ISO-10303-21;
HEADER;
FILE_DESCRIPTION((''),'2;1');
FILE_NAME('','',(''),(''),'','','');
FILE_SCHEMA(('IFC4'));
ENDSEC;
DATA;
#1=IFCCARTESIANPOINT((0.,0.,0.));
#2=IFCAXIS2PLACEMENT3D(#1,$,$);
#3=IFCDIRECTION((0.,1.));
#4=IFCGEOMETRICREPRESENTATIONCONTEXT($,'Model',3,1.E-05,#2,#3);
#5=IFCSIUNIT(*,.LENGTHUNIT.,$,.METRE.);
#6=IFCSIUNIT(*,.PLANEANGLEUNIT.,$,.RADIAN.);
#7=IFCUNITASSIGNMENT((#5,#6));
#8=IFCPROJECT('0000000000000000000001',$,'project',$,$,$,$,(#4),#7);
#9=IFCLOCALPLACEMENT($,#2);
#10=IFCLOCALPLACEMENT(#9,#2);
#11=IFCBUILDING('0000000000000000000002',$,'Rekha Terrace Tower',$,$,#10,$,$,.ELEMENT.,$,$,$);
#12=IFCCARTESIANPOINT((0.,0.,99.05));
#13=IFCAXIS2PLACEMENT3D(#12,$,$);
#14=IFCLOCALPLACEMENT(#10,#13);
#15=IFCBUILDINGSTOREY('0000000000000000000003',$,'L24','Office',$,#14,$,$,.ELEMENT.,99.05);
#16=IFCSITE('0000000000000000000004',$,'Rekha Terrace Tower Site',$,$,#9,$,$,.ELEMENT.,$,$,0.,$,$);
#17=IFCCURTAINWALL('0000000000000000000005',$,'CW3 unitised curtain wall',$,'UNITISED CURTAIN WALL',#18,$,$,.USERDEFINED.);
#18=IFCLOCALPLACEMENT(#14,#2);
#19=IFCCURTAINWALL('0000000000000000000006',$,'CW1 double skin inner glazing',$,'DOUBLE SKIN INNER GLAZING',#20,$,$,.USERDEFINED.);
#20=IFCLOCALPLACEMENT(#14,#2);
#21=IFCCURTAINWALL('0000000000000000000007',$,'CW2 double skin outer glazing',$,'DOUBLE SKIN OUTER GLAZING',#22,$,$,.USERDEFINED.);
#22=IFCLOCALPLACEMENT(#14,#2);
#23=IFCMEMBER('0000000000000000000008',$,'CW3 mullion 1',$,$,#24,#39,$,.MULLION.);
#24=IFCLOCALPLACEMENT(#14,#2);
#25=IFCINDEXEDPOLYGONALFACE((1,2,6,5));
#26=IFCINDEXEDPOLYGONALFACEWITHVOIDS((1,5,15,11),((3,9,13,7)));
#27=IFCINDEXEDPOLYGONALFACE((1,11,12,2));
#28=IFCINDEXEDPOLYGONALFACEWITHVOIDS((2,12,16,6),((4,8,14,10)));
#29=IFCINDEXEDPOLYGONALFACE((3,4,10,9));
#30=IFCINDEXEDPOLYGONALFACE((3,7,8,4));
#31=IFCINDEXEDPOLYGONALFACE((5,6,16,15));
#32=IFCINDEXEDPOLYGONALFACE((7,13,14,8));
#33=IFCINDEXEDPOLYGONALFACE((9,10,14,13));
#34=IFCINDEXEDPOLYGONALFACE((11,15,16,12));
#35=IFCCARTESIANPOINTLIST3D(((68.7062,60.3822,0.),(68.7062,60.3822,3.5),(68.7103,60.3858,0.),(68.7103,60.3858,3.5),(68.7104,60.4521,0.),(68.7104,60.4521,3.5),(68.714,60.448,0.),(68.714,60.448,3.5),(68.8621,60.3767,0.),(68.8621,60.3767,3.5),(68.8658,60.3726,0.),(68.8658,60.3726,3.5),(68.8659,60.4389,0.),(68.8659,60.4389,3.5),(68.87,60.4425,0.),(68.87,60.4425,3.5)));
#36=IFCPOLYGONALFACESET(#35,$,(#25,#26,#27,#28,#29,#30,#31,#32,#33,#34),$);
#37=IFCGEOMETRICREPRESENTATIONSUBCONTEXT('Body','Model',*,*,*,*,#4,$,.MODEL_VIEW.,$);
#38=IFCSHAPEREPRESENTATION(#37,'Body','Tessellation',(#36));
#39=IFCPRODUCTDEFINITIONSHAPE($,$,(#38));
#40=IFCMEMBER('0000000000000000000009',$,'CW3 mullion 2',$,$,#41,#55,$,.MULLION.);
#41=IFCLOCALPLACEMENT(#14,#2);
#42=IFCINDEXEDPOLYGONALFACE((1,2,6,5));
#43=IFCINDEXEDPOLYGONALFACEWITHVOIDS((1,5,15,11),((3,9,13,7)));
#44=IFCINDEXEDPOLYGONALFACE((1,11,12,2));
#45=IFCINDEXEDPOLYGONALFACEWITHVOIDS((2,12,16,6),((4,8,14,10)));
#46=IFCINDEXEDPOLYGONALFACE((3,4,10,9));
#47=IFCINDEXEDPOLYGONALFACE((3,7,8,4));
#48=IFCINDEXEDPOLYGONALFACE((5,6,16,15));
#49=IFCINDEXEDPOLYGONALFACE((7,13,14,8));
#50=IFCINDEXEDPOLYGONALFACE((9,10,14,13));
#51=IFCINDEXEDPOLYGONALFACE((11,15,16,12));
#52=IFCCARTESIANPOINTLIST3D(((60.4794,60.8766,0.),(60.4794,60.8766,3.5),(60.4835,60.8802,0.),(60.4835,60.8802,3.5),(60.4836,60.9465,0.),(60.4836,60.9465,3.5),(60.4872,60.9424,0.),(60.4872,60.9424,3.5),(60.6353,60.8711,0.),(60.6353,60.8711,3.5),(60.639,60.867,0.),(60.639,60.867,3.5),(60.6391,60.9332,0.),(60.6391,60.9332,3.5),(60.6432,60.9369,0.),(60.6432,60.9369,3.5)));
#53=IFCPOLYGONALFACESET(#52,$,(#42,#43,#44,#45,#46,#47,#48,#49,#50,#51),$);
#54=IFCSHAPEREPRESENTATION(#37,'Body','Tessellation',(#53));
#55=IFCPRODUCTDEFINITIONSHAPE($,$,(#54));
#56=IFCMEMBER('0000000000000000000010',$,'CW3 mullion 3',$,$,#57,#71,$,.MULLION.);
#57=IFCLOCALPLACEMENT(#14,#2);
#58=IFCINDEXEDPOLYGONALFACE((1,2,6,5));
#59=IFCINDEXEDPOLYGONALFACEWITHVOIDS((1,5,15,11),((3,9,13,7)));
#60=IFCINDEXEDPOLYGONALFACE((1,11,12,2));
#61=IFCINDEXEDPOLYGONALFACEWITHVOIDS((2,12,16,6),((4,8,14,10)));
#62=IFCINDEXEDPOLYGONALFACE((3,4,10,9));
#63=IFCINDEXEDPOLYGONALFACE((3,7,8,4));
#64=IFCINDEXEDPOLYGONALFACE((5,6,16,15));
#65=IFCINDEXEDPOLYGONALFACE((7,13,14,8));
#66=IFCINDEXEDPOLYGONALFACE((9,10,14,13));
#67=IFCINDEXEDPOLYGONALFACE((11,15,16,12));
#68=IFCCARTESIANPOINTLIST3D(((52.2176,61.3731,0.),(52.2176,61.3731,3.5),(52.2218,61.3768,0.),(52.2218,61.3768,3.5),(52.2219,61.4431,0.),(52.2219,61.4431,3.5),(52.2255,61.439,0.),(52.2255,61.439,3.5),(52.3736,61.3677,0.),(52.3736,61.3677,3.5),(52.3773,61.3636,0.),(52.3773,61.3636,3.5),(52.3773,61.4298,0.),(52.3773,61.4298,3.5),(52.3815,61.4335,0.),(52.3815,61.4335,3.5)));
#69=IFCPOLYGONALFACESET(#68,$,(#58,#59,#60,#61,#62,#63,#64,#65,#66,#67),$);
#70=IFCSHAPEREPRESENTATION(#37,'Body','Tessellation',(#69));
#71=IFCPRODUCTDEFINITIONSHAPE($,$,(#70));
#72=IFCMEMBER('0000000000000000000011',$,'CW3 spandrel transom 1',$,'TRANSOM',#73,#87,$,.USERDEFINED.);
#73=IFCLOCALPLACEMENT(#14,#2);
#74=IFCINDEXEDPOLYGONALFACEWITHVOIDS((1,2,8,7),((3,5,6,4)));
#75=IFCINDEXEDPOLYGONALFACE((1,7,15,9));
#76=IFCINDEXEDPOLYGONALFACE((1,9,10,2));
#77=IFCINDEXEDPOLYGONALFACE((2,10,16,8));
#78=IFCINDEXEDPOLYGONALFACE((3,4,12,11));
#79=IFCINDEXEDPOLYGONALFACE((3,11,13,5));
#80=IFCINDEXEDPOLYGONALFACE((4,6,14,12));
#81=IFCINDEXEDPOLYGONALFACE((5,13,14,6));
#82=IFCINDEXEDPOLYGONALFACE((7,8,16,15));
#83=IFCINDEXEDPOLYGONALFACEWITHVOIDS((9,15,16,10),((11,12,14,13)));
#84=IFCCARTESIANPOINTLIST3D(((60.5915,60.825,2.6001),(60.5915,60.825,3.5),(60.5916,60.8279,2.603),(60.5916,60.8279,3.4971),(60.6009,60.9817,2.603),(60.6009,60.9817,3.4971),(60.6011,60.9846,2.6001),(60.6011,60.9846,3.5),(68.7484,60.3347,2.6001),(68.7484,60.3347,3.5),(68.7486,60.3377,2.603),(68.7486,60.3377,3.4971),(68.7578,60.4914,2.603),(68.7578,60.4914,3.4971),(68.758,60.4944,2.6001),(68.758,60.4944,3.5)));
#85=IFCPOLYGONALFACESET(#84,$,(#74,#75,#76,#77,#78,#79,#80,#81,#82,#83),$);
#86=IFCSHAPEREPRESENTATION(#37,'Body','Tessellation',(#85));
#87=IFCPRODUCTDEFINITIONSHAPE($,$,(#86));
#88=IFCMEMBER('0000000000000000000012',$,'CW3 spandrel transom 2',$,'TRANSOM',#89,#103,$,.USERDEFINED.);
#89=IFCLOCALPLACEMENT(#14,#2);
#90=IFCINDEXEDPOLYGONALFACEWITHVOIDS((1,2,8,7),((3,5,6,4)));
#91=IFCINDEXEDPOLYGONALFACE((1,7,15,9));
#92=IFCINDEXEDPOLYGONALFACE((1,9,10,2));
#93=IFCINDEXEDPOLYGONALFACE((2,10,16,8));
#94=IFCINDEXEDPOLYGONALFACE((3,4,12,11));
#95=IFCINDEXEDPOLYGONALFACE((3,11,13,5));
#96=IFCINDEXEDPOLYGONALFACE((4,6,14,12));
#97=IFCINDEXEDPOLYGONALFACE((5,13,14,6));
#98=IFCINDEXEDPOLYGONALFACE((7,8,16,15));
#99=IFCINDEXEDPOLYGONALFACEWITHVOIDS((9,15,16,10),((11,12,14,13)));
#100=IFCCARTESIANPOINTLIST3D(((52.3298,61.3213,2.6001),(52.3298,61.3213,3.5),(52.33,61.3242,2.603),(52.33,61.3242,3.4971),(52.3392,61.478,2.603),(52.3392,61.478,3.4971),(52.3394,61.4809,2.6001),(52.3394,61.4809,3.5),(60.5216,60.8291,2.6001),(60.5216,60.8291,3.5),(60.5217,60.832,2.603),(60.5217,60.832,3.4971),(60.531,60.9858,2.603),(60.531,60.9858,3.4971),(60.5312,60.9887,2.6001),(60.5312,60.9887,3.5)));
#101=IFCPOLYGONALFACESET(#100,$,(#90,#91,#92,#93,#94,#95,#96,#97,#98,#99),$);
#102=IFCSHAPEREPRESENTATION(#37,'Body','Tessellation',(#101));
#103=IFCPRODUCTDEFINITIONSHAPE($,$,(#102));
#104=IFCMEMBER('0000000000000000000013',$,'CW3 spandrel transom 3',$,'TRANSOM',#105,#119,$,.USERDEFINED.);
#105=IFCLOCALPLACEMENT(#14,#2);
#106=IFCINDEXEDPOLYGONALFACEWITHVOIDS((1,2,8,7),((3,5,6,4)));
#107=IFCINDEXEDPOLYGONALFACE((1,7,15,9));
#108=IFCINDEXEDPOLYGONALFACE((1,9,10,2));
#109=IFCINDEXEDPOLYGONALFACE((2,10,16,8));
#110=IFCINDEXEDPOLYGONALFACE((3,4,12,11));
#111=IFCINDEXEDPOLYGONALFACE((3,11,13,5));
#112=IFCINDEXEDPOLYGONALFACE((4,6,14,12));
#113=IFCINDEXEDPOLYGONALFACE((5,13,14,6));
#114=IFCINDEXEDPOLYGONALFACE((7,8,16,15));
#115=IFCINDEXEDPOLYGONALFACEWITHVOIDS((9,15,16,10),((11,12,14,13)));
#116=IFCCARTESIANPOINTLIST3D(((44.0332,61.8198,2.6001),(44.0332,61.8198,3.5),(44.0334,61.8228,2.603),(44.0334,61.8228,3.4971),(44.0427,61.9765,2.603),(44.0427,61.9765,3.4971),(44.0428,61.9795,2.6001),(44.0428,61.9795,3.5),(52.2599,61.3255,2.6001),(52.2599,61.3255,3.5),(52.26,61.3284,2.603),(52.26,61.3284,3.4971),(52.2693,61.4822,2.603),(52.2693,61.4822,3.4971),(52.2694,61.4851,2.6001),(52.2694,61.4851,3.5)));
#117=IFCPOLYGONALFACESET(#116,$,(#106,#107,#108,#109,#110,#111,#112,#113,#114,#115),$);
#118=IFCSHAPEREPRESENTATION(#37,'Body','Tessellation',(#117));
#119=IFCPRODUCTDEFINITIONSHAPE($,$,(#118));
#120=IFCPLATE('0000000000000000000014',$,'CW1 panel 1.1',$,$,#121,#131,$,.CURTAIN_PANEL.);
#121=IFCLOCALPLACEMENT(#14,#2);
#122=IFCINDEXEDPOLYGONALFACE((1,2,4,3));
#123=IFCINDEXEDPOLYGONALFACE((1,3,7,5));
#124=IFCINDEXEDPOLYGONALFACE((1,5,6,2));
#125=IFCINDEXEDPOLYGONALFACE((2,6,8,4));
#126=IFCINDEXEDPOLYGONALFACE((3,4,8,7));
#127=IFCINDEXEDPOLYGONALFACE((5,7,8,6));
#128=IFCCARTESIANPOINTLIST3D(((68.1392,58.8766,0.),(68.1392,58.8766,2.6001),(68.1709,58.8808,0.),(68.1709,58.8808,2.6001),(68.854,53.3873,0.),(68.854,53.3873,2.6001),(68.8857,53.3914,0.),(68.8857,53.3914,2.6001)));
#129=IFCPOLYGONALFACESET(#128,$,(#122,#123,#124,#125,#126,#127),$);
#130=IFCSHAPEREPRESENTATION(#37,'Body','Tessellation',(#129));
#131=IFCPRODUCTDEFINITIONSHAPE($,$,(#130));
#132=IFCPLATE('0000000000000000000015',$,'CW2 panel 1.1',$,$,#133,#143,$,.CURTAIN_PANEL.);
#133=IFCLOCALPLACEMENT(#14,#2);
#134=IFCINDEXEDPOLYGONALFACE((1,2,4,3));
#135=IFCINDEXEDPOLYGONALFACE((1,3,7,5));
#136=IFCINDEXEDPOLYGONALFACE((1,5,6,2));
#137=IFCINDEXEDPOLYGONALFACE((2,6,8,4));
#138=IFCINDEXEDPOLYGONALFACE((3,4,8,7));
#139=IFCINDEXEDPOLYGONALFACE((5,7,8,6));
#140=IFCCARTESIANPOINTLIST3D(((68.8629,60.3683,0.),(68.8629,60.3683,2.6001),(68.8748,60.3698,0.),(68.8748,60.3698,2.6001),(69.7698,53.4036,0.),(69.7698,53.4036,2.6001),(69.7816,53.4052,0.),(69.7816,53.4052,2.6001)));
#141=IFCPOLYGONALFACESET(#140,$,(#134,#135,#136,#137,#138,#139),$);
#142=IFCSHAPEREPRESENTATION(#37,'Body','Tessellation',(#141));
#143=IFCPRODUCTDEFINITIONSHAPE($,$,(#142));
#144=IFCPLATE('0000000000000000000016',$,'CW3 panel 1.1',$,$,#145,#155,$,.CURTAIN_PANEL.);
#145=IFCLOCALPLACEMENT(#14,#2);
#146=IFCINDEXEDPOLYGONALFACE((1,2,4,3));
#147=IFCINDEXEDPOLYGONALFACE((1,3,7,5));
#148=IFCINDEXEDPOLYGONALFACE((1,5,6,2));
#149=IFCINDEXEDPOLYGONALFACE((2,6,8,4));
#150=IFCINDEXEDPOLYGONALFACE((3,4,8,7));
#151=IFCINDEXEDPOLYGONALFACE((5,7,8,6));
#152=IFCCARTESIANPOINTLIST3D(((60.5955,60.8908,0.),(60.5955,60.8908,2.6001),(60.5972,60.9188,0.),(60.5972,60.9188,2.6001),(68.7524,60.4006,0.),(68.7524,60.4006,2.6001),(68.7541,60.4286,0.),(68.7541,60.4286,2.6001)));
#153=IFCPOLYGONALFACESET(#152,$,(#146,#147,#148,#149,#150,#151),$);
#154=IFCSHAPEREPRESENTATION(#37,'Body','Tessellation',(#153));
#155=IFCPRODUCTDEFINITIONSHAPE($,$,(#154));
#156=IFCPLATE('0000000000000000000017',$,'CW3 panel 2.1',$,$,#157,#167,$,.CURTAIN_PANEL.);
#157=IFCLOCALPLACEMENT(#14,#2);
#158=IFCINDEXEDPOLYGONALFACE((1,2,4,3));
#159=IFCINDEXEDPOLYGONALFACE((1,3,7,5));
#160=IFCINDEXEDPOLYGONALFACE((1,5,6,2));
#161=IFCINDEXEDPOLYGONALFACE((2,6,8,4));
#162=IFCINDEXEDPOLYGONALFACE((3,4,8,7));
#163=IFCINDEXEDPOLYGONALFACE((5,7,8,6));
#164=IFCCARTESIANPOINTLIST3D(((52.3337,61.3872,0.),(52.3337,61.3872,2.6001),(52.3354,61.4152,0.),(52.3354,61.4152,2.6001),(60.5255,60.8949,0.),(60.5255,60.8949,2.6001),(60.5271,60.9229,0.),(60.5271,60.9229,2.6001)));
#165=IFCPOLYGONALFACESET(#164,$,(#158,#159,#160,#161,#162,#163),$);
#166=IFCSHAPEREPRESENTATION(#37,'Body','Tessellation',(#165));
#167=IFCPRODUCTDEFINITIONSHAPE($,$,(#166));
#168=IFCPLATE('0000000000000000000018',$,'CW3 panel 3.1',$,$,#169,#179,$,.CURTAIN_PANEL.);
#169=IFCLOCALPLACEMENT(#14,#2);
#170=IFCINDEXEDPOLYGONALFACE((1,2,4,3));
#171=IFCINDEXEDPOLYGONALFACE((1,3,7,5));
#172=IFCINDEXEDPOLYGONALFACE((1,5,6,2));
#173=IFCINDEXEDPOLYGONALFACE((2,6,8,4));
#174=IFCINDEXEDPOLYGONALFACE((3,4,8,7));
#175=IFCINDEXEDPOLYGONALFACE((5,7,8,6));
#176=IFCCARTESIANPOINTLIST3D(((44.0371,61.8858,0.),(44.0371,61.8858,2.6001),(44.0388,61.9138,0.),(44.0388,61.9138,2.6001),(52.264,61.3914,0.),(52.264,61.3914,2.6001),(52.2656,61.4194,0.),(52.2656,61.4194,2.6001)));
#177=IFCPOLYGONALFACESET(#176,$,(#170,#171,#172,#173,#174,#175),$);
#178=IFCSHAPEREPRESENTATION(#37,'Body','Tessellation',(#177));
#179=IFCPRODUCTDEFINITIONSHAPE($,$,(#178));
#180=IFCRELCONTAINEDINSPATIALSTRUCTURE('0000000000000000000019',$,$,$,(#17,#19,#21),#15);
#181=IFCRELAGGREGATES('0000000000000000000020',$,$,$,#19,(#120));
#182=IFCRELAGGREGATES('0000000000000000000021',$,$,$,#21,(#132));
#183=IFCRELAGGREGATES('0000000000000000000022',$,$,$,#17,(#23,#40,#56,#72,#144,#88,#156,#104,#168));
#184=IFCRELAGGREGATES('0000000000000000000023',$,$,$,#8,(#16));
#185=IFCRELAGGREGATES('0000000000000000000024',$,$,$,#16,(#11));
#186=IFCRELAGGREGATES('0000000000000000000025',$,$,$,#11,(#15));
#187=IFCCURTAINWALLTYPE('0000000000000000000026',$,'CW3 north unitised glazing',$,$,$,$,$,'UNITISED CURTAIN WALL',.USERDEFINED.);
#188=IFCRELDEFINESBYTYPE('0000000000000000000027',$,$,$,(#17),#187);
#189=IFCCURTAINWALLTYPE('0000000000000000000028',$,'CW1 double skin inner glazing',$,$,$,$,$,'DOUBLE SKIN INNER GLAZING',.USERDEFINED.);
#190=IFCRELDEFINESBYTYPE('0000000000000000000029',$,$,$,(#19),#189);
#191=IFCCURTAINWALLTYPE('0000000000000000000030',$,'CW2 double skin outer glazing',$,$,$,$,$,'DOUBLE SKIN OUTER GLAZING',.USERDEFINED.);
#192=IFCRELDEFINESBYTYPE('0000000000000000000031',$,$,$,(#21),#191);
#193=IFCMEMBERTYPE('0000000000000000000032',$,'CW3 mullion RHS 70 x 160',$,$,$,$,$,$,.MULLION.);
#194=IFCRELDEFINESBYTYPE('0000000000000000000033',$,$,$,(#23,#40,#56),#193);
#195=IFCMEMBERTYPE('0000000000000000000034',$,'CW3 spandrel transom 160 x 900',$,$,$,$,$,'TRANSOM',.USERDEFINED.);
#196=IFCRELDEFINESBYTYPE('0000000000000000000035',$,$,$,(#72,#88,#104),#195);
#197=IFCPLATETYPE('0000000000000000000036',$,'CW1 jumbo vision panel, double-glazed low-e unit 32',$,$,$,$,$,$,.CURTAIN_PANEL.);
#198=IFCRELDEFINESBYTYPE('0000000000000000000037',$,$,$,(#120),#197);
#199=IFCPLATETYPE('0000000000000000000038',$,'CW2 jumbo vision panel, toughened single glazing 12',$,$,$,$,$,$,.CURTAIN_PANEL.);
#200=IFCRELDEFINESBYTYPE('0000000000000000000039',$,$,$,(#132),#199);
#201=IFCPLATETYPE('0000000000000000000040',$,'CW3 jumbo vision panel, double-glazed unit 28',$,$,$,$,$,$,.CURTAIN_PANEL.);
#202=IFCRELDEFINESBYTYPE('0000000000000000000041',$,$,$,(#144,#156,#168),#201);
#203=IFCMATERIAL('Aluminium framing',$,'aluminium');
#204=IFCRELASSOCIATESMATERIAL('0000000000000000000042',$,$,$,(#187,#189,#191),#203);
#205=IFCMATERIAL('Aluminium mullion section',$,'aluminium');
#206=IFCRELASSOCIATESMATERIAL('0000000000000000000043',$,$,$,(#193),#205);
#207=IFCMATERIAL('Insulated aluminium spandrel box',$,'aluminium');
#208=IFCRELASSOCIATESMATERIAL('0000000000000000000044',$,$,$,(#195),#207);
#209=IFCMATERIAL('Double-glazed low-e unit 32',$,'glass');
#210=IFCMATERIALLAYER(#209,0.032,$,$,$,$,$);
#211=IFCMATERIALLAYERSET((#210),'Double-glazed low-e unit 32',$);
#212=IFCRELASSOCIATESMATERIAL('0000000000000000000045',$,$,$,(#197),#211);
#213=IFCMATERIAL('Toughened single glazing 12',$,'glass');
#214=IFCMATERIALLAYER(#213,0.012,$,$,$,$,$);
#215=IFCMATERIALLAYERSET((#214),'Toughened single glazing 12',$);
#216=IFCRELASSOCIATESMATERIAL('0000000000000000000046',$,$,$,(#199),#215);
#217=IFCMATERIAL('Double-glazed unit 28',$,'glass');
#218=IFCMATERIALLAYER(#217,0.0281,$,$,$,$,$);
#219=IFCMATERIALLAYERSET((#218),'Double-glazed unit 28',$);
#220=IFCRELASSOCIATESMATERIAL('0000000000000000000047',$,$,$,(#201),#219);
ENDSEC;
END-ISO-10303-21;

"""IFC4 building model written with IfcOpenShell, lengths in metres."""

from ifc_helpers import new_model, si_unit, direction, frame, origin, origin_2d, place, context, subcontext, project, spatial, rectangle, hollow_rectangle, extrude, material, layer, layer_set, material_profile, profile_set, type_object, element, aggregate, save


model = new_model("IFC4")

# Units and contexts
model_context = context("Model", 3, precision=1e-05, world=origin(), true_north=direction((0.0, 1.0)))
body_context = subcontext(model_context, "Body", "Model", "MODEL_VIEW")
ifc_project = project(units=[si_unit("LENGTHUNIT", "METRE"), si_unit("PLANEANGLEUNIT", "RADIAN")], contexts=[model_context])

# Site, building, storey
site_placement = place(None, origin())
site = spatial("IfcSite", under=ifc_project, at=site_placement, Name="Rekha Terrace Tower Site", CompositionType="ELEMENT", RefElevation=0.0)
building_placement = place(site_placement, origin())
building = spatial("IfcBuilding", under=site, at=building_placement, Name="Rekha Terrace Tower", CompositionType="ELEMENT")
storey_placement = place(building_placement, frame((0.0, 0.0, 99.05)))
storey = spatial("IfcBuildingStorey", under=building, at=storey_placement, Name="L24", Description="Office", CompositionType="ELEMENT", Elevation=99.05)

# Curtain walls
ifc_material_1 = material(Name="Aluminium framing", Category="aluminium")
curtain_wall_type_1 = type_object("IfcCurtainWallType", Name="CW3 north unitised glazing", ElementType="UNITISED CURTAIN WALL", PredefinedType="USERDEFINED", material=ifc_material_1)
curtain_wall_1_placement = place(storey_placement, origin())
curtain_wall_1 = element("IfcCurtainWall", 1, at=curtain_wall_1_placement, inside=storey, type_object=curtain_wall_type_1, Name="CW3 unitised curtain wall", ObjectType="UNITISED CURTAIN WALL", PredefinedType="USERDEFINED")
curtain_wall_type_2 = type_object("IfcCurtainWallType", Name="CW1 double skin inner glazing", ElementType="DOUBLE SKIN INNER GLAZING", PredefinedType="USERDEFINED", material=ifc_material_1)
curtain_wall_2_placement = place(storey_placement, origin())
curtain_wall_2 = element("IfcCurtainWall", 2, at=curtain_wall_2_placement, inside=storey, type_object=curtain_wall_type_2, Name="CW1 double skin inner glazing", ObjectType="DOUBLE SKIN INNER GLAZING", PredefinedType="USERDEFINED")
ifc_material_2 = material(Name="Aluminium mullion section", Category="aluminium")
ifc_material_3 = material(Name="Insulated aluminium spandrel box", Category="aluminium")
curtain_wall_type_3 = type_object("IfcCurtainWallType", Name="CW2 double skin outer glazing", ElementType="DOUBLE SKIN OUTER GLAZING", PredefinedType="USERDEFINED", material=ifc_material_1)
curtain_wall_3_placement = place(storey_placement, origin())
curtain_wall_3 = element("IfcCurtainWall", 3, at=curtain_wall_3_placement, inside=storey, type_object=curtain_wall_type_3, Name="CW2 double skin outer glazing", ObjectType="DOUBLE SKIN OUTER GLAZING", PredefinedType="USERDEFINED")

# Members
ifc_material_profile_1 = material_profile(ifc_material_2, hollow_rectangle(XDim=0.0701, YDim=0.1599, WallThickness=0.0039, at=origin_2d()), Name="AL RHS 70x160")
ifc_profile_set_1 = profile_set([ifc_material_profile_1], Name="Aluminium mullion section")
member_type_1 = type_object("IfcMemberType", Name="CW3 mullion RHS 70 x 160", PredefinedType="MULLION", material=ifc_profile_set_1)
member_1_placement = place(storey_placement, frame((68.7881, 60.4124, 0.0), z_axis=(0.0, 0.0, 1.0), x_axis=(-0.059988, -0.998199, 0.0)))
member_1 = element("IfcMember", 4, at=member_1_placement, type_object=member_type_1, Name="CW3 mullion 1", PredefinedType="MULLION", context=body_context, shape_type="SweptSolid", body=[
    extrude(hollow_rectangle(XDim=0.0701, YDim=0.1599, WallThickness=0.0039, at=origin_2d()), origin(), (0.0, 0.0, 1.0), 3.5),
])
member_2_placement = place(storey_placement, frame((60.5613, 60.9067, 0.0), z_axis=(0.0, 0.0, 1.0), x_axis=(-0.059988, -0.998199, 0.0)))
member_2 = element("IfcMember", 5, at=member_2_placement, type_object=member_type_1, Name="CW3 mullion 2", PredefinedType="MULLION", context=body_context, shape_type="SweptSolid", body=[
    extrude(hollow_rectangle(XDim=0.0701, YDim=0.1599, WallThickness=0.0039, at=origin_2d()), origin(), (0.0, 0.0, 1.0), 3.5),
])
member_3_placement = place(storey_placement, frame((52.2996, 61.4033, 0.0), z_axis=(0.0, 0.0, 1.0), x_axis=(-0.059988, -0.998199, 0.0)))
member_3 = element("IfcMember", 6, at=member_3_placement, type_object=member_type_1, Name="CW3 mullion 3", PredefinedType="MULLION", context=body_context, shape_type="SweptSolid", body=[
    extrude(hollow_rectangle(XDim=0.0701, YDim=0.1599, WallThickness=0.0039, at=origin_2d()), origin(), (0.0, 0.0, 1.0), 3.5),
])
ifc_material_profile_2 = material_profile(ifc_material_3, hollow_rectangle(XDim=0.1599, YDim=0.8999, WallThickness=0.0029, at=origin_2d()), Name="AL SPANDREL BOX 160x900")
ifc_profile_set_2 = profile_set([ifc_material_profile_2], Name="Insulated aluminium spandrel box")
member_type_2 = type_object("IfcMemberType", Name="CW3 spandrel transom 160 x 900", ElementType="TRANSOM", PredefinedType="USERDEFINED", material=ifc_profile_set_2)
member_4_placement = place(storey_placement, frame((68.7532, 60.4146, 3.05), z_axis=(-0.998199, 0.059992, 0.0), x_axis=(-0.059992, -0.998199, 0.0)))
member_4 = element("IfcMember", 7, at=member_4_placement, type_object=member_type_2, Name="CW3 spandrel transom 1", ObjectType="TRANSOM", PredefinedType="USERDEFINED", context=body_context, shape_type="SweptSolid", body=[
    extrude(hollow_rectangle(XDim=0.1599, YDim=0.8999, WallThickness=0.0029, at=origin_2d()), origin(), (0.0, 0.0, 1.0), 8.1716),
])
member_5_placement = place(storey_placement, frame((60.5264, 60.9089, 3.05), z_axis=(-0.9982, 0.059976, 0.0), x_axis=(-0.059976, -0.9982, 0.0)))
member_5 = element("IfcMember", 8, at=member_5_placement, type_object=member_type_2, Name="CW3 spandrel transom 2", ObjectType="TRANSOM", PredefinedType="USERDEFINED", context=body_context, shape_type="SweptSolid", body=[
    extrude(hollow_rectangle(XDim=0.1599, YDim=0.8999, WallThickness=0.0029, at=origin_2d()), origin(), (0.0, 0.0, 1.0), 8.2065),
])
member_6_placement = place(storey_placement, frame((52.2646, 61.4053, 3.05), z_axis=(-0.998199, 0.059988, 0.0), x_axis=(-0.059988, -0.998199, 0.0)))
member_6 = element("IfcMember", 9, at=member_6_placement, type_object=member_type_2, Name="CW3 spandrel transom 3", ObjectType="TRANSOM", PredefinedType="USERDEFINED", context=body_context, shape_type="SweptSolid", body=[
    extrude(hollow_rectangle(XDim=0.1599, YDim=0.8999, WallThickness=0.0029, at=origin_2d()), origin(), (0.0, 0.0, 1.0), 8.2415),
])

# Plates
ifc_material_4 = material(Name="Double-glazed low-e unit 32", Category="glass")
ifc_layer_1 = layer(ifc_material_4, 0.032)
ifc_layer_set_1 = layer_set([ifc_layer_1], Name="Double-glazed low-e unit 32")
plate_type_1 = type_object("IfcPlateType", Name="CW1 jumbo vision panel, double-glazed low-e unit 32", PredefinedType="CURTAIN_PANEL", material=ifc_layer_set_1)
plate_1_placement = place(storey_placement, frame((68.5125, 56.134, 0.0), z_axis=(0.0, 0.0, 1.0), x_axis=(-0.129118, 0.991629, 0.0)))
plate_1 = element("IfcPlate", 10, at=plate_1_placement, type_object=plate_type_1, Name="CW1 panel 1.1", PredefinedType="CURTAIN_PANEL", context=body_context, shape_type="SweptSolid", body=[
    extrude(rectangle(XDim=5.5356, YDim=0.032, at=origin_2d()), origin(), (0.0, 0.0, 1.0), 2.6001),
])
aggregate(curtain_wall_2, [plate_1])
ifc_material_5 = material(Name="Toughened single glazing 12", Category="glass")
ifc_layer_2 = layer(ifc_material_5, 0.012)
ifc_layer_set_2 = layer_set([ifc_layer_2], Name="Toughened single glazing 12")
plate_type_2 = type_object("IfcPlateType", Name="CW2 jumbo vision panel, toughened single glazing 12", PredefinedType="CURTAIN_PANEL", material=ifc_layer_set_2)
plate_2_placement = place(storey_placement, frame((69.3223, 56.8867, 0.0), z_axis=(0.0, 0.0, 1.0), x_axis=(-0.129118, 0.991629, 0.0)))
plate_2 = element("IfcPlate", 11, at=plate_2_placement, type_object=plate_type_2, Name="CW2 panel 1.1", PredefinedType="CURTAIN_PANEL", context=body_context, shape_type="SweptSolid", body=[
    extrude(rectangle(XDim=7.0234, YDim=0.012, at=origin_2d()), origin(), (0.0, 0.0, 1.0), 2.6001),
])
aggregate(curtain_wall_3, [plate_2])
ifc_material_6 = material(Name="Double-glazed unit 28", Category="glass")
ifc_layer_3 = layer(ifc_material_6, 0.0281)
ifc_layer_set_3 = layer_set([ifc_layer_3], Name="Double-glazed unit 28")
plate_type_3 = type_object("IfcPlateType", Name="CW3 jumbo vision panel, double-glazed unit 28", PredefinedType="CURTAIN_PANEL", material=ifc_layer_set_3)
plate_3_placement = place(storey_placement, frame((64.6748, 60.6597, 0.0), z_axis=(0.0, 0.0, 1.0), x_axis=(-0.998199, 0.059988, 0.0)))
plate_3 = element("IfcPlate", 12, at=plate_3_placement, type_object=plate_type_3, Name="CW3 panel 1.1", PredefinedType="CURTAIN_PANEL", context=body_context, shape_type="SweptSolid", body=[
    extrude(rectangle(XDim=8.1716, YDim=0.0281, at=origin_2d()), origin(), (0.0, 0.0, 1.0), 2.6001),
])
plate_4_placement = place(storey_placement, frame((56.4304, 61.155, 0.0), z_axis=(0.0, 0.0, 1.0), x_axis=(-0.998199, 0.059988, 0.0)))
plate_4 = element("IfcPlate", 13, at=plate_4_placement, type_object=plate_type_3, Name="CW3 panel 2.1", PredefinedType="CURTAIN_PANEL", context=body_context, shape_type="SweptSolid", body=[
    extrude(rectangle(XDim=8.2065, YDim=0.0281, at=origin_2d()), origin(), (0.0, 0.0, 1.0), 2.6001),
])
plate_5_placement = place(storey_placement, frame((48.1514, 61.6526, 0.0), z_axis=(0.0, 0.0, 1.0), x_axis=(-0.998199, 0.059988, 0.0)))
plate_5 = element("IfcPlate", 14, at=plate_5_placement, type_object=plate_type_3, Name="CW3 panel 3.1", PredefinedType="CURTAIN_PANEL", context=body_context, shape_type="SweptSolid", body=[
    extrude(rectangle(XDim=8.2417, YDim=0.0281, at=origin_2d()), origin(), (0.0, 0.0, 1.0), 2.6001),
])
aggregate(curtain_wall_1, [member_1, member_2, member_3, member_4, plate_3, member_5, plate_4, member_6, plate_5])

save(model, "model.ifc")
